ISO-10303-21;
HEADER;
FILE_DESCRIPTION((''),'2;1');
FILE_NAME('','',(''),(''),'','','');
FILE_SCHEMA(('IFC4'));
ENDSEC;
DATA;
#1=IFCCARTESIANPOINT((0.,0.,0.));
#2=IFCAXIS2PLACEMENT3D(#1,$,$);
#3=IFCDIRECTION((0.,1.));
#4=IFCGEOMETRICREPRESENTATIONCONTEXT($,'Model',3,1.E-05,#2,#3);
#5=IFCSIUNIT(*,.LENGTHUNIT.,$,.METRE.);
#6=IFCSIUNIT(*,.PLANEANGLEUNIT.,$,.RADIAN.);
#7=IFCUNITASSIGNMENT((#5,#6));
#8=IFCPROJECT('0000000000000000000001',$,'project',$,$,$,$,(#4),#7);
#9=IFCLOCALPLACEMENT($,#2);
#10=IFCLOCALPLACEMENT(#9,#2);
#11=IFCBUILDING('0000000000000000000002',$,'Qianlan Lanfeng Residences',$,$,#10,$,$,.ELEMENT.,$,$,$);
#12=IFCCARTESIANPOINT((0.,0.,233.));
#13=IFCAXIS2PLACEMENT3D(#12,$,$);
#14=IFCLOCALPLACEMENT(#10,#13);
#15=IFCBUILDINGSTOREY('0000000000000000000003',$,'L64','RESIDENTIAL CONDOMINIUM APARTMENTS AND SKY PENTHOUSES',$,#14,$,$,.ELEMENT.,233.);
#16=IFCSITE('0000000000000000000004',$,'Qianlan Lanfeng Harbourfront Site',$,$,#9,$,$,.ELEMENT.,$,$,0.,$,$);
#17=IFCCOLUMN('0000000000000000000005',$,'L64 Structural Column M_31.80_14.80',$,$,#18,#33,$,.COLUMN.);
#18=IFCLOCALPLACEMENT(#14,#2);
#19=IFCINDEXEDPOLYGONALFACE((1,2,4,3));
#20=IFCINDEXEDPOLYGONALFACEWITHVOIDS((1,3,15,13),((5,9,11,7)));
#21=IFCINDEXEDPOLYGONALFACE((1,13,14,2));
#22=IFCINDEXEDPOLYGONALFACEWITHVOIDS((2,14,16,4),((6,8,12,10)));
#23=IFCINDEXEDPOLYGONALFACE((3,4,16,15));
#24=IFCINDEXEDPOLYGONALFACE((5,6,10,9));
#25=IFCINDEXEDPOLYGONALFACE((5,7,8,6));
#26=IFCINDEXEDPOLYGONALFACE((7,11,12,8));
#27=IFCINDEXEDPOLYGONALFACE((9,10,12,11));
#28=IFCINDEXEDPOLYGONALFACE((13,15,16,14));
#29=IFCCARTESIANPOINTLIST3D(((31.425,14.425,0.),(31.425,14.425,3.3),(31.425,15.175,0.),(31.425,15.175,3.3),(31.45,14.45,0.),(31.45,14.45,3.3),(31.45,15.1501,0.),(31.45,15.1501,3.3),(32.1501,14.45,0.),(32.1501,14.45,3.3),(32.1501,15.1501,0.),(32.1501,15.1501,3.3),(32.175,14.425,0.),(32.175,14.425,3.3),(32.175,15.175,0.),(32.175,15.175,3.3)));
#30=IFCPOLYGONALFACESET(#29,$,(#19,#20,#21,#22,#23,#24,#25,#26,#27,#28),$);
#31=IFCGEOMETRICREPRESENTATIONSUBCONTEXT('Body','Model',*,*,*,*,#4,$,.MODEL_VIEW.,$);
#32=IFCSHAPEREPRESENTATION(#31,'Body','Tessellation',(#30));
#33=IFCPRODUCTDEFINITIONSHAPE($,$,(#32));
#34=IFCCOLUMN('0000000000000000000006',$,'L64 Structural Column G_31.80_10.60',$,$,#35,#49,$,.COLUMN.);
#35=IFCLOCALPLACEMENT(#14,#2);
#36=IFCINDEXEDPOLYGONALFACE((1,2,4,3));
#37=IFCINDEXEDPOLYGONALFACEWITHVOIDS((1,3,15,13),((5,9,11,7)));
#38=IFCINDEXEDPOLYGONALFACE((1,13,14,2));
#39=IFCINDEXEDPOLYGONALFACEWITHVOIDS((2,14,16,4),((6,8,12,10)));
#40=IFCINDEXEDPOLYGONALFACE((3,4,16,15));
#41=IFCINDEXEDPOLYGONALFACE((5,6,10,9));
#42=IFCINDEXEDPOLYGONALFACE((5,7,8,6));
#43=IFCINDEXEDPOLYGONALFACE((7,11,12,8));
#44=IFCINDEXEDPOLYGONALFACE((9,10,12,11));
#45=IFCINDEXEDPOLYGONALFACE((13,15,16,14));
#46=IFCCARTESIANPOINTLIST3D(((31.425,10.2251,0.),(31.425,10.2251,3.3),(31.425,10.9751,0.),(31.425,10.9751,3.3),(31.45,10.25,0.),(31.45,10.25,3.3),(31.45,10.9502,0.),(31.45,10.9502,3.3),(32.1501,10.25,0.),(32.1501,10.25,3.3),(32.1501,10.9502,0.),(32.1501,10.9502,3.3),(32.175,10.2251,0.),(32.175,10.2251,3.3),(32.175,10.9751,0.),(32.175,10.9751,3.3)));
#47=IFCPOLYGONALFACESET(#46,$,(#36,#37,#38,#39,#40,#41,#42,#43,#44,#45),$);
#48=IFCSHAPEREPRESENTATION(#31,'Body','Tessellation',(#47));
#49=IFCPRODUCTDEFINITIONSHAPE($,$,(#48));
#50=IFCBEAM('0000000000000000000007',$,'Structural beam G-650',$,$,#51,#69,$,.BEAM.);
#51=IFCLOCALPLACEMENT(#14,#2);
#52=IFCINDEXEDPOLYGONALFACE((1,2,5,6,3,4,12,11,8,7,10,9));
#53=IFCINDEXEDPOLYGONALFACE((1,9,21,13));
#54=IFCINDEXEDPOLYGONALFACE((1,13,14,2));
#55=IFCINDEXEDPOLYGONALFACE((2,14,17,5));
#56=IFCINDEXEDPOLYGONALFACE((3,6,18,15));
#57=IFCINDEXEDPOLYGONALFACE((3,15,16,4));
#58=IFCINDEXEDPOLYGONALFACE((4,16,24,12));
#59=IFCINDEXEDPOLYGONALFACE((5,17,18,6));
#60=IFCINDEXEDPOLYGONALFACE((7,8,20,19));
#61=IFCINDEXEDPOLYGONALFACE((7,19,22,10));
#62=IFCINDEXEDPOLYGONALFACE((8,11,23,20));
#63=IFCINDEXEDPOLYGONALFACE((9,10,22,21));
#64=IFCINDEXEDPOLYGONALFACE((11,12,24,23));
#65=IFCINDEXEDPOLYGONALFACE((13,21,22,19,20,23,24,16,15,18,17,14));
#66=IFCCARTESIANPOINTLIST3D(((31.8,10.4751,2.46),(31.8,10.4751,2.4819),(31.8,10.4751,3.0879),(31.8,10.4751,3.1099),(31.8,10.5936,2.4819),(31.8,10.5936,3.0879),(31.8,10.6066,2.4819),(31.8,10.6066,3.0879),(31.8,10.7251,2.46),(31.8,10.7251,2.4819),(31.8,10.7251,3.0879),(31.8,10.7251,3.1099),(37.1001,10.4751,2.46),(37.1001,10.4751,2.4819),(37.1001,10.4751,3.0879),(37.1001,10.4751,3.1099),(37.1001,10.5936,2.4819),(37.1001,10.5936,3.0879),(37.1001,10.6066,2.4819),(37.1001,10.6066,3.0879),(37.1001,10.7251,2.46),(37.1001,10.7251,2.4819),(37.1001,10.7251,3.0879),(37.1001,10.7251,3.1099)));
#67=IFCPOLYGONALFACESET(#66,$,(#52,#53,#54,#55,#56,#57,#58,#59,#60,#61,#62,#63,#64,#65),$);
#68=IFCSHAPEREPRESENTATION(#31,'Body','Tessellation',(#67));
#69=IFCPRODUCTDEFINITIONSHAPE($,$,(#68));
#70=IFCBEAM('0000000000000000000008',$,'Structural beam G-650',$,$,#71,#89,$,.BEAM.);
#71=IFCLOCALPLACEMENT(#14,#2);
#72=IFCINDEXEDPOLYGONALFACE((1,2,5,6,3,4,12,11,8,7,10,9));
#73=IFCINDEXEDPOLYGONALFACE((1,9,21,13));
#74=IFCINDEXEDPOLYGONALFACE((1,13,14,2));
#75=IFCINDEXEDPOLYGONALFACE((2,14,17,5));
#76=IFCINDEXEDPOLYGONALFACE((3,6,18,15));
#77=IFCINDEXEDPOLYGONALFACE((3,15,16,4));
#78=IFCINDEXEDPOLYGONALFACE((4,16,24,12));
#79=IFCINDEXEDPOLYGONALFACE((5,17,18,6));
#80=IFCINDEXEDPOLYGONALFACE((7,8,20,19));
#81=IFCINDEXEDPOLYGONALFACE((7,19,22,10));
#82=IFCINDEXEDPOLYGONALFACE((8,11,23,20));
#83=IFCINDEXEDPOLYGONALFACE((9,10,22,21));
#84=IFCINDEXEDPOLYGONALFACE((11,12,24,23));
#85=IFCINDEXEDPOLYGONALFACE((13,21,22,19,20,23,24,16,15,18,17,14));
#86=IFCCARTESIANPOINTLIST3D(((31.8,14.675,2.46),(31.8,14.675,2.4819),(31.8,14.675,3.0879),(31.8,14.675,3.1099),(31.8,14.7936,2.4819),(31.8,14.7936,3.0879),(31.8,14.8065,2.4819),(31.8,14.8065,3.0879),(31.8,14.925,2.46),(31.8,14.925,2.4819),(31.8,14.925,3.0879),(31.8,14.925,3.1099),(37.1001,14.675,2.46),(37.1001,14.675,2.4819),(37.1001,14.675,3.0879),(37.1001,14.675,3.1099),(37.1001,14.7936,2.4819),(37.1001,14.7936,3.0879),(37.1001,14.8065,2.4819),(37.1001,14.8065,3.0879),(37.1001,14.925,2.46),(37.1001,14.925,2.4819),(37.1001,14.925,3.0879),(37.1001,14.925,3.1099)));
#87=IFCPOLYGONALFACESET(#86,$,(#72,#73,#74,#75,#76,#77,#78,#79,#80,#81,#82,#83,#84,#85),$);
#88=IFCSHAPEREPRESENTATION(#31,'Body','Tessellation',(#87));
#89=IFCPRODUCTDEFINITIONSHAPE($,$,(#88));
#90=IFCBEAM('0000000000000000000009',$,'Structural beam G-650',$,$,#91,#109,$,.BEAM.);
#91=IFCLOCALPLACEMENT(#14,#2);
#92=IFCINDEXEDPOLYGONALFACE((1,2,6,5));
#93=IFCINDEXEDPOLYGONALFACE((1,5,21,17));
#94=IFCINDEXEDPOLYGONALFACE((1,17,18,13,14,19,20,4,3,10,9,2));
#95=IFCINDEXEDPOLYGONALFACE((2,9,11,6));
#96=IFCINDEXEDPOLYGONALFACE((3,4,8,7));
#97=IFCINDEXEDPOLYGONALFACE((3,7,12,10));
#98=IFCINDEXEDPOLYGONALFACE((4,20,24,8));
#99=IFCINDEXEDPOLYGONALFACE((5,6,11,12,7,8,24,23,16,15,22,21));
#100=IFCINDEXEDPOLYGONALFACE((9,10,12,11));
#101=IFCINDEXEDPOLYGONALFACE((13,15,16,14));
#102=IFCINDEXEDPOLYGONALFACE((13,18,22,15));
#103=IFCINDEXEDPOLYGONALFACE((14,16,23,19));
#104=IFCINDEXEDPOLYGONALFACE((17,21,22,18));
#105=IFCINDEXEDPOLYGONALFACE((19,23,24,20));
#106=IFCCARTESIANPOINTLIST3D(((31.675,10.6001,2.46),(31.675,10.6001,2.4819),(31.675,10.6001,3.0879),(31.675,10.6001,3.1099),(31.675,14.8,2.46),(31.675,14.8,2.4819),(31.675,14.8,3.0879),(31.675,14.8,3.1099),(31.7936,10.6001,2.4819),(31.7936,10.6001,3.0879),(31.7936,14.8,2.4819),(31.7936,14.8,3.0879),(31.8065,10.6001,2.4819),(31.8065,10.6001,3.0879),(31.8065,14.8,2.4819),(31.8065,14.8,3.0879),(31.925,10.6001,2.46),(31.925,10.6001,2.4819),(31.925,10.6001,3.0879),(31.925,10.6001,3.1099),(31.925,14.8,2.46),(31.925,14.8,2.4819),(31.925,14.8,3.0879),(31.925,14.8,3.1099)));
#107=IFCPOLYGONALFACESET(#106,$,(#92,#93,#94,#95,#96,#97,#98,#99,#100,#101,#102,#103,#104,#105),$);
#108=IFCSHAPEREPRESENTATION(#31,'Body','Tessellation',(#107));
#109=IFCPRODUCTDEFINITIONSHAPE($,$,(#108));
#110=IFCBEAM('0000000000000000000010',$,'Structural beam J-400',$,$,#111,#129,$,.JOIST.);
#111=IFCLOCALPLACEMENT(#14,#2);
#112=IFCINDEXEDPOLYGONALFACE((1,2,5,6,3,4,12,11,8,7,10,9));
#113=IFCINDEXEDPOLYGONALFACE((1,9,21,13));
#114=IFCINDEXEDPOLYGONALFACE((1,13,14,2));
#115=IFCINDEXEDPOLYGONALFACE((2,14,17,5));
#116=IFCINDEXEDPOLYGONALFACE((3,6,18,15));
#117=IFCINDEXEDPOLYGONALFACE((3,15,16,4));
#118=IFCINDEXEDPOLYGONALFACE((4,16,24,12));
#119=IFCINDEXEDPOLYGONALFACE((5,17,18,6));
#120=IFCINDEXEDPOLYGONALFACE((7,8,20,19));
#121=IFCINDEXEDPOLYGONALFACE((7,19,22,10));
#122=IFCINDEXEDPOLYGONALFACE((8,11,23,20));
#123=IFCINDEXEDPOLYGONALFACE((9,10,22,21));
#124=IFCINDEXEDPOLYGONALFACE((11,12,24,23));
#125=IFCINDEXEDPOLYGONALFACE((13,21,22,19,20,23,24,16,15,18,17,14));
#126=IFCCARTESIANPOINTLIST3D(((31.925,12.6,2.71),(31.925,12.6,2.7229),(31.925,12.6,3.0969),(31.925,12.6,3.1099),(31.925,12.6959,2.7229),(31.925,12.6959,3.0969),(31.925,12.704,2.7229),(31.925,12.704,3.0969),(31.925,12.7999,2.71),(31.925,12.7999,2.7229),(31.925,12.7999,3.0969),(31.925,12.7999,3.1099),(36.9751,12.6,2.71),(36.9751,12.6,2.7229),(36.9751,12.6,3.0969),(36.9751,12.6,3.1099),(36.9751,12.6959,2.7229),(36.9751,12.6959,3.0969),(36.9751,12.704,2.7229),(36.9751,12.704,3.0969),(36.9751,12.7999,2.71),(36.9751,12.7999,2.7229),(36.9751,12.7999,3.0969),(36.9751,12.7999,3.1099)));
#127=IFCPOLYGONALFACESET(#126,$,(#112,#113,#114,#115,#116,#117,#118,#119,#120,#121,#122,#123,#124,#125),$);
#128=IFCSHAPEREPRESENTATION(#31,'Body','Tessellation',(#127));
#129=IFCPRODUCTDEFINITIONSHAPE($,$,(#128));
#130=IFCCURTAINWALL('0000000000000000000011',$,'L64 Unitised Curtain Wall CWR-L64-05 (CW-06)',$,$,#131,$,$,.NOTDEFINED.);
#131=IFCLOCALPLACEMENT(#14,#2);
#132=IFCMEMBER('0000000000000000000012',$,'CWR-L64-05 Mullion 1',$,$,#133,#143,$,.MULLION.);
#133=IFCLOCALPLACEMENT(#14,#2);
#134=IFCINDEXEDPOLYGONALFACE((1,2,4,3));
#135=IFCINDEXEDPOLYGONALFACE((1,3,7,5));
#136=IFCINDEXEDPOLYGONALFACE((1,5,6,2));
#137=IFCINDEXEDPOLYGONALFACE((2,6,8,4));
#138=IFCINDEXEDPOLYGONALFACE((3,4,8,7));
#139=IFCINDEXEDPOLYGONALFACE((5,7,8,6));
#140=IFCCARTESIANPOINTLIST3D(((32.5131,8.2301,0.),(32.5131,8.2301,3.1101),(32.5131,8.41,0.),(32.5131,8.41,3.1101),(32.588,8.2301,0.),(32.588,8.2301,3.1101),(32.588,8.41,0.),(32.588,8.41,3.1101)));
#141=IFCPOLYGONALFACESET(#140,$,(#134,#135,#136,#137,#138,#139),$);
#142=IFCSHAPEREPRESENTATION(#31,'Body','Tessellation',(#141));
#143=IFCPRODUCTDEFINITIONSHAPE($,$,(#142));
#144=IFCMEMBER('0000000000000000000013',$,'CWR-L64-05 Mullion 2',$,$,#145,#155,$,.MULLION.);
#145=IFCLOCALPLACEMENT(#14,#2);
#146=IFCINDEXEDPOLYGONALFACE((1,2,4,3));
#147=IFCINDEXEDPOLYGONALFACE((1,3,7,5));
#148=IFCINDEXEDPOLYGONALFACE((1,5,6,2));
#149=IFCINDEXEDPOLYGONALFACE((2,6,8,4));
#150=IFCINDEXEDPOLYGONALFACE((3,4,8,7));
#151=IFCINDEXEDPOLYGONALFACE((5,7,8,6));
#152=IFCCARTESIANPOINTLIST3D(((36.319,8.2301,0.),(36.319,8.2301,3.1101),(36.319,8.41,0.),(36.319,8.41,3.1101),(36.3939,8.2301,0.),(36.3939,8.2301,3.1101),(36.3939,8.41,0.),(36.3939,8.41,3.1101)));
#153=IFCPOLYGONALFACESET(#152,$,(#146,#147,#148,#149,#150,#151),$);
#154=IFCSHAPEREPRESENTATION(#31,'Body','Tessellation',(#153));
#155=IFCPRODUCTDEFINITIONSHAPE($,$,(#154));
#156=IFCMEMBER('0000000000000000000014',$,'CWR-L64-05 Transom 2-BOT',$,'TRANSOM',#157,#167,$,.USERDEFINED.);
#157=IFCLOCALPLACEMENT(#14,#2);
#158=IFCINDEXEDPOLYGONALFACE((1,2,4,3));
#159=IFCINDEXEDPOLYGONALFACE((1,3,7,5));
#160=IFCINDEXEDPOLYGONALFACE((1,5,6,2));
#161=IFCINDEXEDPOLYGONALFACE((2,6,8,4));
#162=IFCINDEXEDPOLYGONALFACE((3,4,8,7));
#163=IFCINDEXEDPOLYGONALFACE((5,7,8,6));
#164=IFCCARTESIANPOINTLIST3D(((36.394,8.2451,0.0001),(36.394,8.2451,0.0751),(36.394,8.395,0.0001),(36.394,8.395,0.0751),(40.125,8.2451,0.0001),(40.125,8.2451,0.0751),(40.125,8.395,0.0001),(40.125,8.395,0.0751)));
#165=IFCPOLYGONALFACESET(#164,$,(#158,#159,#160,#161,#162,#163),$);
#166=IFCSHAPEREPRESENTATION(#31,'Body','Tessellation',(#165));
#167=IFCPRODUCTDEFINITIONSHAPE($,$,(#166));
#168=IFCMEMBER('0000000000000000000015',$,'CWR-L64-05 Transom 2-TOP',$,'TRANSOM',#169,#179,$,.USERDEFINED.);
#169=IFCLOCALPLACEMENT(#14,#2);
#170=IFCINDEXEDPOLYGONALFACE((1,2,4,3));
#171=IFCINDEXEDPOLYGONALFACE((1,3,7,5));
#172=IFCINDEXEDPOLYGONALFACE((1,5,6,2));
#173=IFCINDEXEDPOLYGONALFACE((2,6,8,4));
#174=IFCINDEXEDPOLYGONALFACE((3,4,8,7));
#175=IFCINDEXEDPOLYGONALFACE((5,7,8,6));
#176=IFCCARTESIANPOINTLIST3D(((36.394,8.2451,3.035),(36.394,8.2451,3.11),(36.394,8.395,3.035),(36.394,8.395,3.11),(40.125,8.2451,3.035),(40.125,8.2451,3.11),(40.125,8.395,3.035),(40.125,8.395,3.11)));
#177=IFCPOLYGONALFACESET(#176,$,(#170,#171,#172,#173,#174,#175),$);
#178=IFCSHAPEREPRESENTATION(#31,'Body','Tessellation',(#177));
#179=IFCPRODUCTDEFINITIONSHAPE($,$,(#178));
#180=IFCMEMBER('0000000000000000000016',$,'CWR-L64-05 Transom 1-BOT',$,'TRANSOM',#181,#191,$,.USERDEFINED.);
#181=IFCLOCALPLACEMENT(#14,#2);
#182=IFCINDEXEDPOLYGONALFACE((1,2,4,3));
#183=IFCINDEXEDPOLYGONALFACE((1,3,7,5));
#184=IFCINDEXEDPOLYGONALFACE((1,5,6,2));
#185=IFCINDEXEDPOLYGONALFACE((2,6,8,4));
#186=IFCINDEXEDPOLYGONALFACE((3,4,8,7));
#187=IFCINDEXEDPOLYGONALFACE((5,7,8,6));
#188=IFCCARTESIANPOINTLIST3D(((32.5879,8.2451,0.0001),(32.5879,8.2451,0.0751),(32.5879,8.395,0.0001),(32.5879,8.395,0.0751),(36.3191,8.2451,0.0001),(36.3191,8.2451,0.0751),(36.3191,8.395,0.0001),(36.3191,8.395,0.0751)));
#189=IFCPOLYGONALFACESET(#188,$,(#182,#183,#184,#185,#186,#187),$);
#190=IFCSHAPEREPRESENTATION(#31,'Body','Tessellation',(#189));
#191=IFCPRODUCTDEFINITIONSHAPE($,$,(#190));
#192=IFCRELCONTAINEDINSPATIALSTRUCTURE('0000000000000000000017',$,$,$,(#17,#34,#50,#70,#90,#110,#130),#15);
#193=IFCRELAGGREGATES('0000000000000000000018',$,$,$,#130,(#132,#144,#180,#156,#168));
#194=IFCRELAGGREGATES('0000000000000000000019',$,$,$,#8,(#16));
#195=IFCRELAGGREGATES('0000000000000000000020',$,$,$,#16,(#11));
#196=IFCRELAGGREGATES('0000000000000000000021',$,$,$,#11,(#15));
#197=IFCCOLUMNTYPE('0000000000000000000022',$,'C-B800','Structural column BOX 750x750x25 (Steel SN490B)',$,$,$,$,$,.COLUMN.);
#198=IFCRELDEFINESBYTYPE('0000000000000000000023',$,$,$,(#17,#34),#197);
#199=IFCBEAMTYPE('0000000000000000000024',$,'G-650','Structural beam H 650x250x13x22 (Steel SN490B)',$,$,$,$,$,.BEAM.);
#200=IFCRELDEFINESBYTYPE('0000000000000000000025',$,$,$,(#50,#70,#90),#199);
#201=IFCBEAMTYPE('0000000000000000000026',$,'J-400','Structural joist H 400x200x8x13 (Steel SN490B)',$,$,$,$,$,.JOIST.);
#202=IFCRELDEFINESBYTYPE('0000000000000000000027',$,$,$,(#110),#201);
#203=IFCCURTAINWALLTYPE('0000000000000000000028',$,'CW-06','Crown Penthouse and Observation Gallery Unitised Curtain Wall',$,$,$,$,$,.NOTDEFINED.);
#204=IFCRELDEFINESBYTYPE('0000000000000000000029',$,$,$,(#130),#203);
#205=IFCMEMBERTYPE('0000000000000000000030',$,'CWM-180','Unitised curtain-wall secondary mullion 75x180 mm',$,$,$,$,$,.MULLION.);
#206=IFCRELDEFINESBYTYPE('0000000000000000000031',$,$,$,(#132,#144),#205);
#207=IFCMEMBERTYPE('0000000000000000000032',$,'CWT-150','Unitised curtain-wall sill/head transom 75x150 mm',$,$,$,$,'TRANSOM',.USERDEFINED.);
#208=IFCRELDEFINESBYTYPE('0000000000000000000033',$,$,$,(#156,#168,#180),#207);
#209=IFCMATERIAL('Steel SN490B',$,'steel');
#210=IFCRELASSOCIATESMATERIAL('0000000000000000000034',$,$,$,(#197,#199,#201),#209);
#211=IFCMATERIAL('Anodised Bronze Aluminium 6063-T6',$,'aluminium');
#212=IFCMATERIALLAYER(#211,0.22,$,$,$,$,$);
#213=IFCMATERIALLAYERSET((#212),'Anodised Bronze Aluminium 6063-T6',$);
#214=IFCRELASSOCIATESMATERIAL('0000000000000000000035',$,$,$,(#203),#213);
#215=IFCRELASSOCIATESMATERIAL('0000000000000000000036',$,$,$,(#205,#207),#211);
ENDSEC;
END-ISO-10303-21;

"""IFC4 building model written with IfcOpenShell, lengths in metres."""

from ifc_helpers import new_model, si_unit, direction, frame, origin, origin_2d, place, context, subcontext, project, spatial, rectangle, hollow_rectangle, i_section, extrude, source, transform, mapped, material, layer, layer_set, material_profile, profile_set, type_object, element, aggregate, save


model = new_model("IFC4")

# Units and contexts
model_context = context("Model", 3, precision=1e-05, world=origin(), true_north=direction((0.0, 1.0)))
body_context = subcontext(model_context, "Body", "Model", "MODEL_VIEW")
ifc_project = project(units=[si_unit("LENGTHUNIT", "METRE"), si_unit("PLANEANGLEUNIT", "RADIAN")], contexts=[model_context])

# Site, building, storey
site_placement = place(None, origin())
site = spatial("IfcSite", under=ifc_project, at=site_placement, Name="Qianlan Lanfeng Harbourfront Site", CompositionType="ELEMENT", RefElevation=0.0)
building_placement = place(site_placement, origin())
building = spatial("IfcBuilding", under=site, at=building_placement, Name="Qianlan Lanfeng Residences", CompositionType="ELEMENT")
storey_placement = place(building_placement, frame((0.0, 0.0, 233.0)))
storey = spatial("IfcBuildingStorey", under=building, at=storey_placement, Name="L64", Description="RESIDENTIAL CONDOMINIUM APARTMENTS AND SKY PENTHOUSES", CompositionType="ELEMENT", Elevation=233.0)

# Columns
ifc_material_1 = material(Name="Steel SN490B", Category="steel")
ifc_material_profile_1 = material_profile(ifc_material_1, hollow_rectangle(XDim=0.75, YDim=0.75, WallThickness=0.0249, at=origin_2d()), Name="BOX 750x750x25")
ifc_profile_set_1 = profile_set([ifc_material_profile_1], Name="Steel SN490B")
column_type = type_object("IfcColumnType", Name="C-B800", Description="Structural column BOX 750x750x25 (Steel SN490B)", PredefinedType="COLUMN", material=ifc_profile_set_1)
for number, where, z_axis, x_axis, name in (
    (1, (31.8, 14.8, 0.0), (0.0, 0.0, 1.0), (1.0, 0.0, 0.0), "L64 Structural Column M_31.80_14.80"),
    (2, (31.8, 10.6001, 0.0), (0.0, 0.0, 1.0), (1.0, 0.0, 0.0), "L64 Structural Column G_31.80_10.60"),
):
    element("IfcColumn", number, at=place(storey_placement, frame(where, z_axis=z_axis, x_axis=x_axis)), inside=storey, type_object=column_type, Name=name, PredefinedType="COLUMN", context=body_context, shape_type="SweptSolid", body=[
        extrude(hollow_rectangle(XDim=0.75, YDim=0.75, WallThickness=0.0249, at=origin_2d()), origin(), (0.0, 0.0, 1.0), 3.3),
    ])

# Beams
ifc_material_profile_2 = material_profile(ifc_material_1, i_section(OverallWidth=0.25, OverallDepth=0.6499, WebThickness=0.0129, FlangeThickness=0.022, at=origin_2d()), Name="H 650x250x13x22")
ifc_profile_set_2 = profile_set([ifc_material_profile_2], Name="Steel SN490B")
beam_type_1 = type_object("IfcBeamType", Name="G-650", Description="Structural beam H 650x250x13x22 (Steel SN490B)", PredefinedType="BEAM", material=ifc_profile_set_2)
for number, where, z_axis, x_axis, name in (
    (3, (31.8, 10.6001, 2.7849), (1.0, 0.0, 0.0), (0.0, 1.0, 0.0), "Structural beam G-650"),
    (4, (31.8, 14.8, 2.7849), (1.0, 0.0, 0.0), (0.0, 1.0, 0.0), "Structural beam G-650"),
):
    element("IfcBeam", number, at=place(storey_placement, frame(where, z_axis=z_axis, x_axis=x_axis)), inside=storey, type_object=beam_type_1, Name=name, PredefinedType="BEAM", context=body_context, shape_type="SweptSolid", body=[
        extrude(i_section(OverallWidth=0.25, OverallDepth=0.6499, WebThickness=0.0129, FlangeThickness=0.022, at=origin_2d()), origin(), (0.0, 0.0, 1.0), 5.3),
    ])
beam_1_placement = place(storey_placement, frame((31.8, 10.6001, 2.7849), z_axis=(0.0, 1.0, 0.0), x_axis=(-1.0, 0.0, 0.0)))
element("IfcBeam", 5, at=beam_1_placement, inside=storey, type_object=beam_type_1, Name="Structural beam G-650", PredefinedType="BEAM", context=body_context, shape_type="SweptSolid", body=[
    extrude(i_section(OverallWidth=0.25, OverallDepth=0.6499, WebThickness=0.0129, FlangeThickness=0.022, at=origin_2d()), origin(), (0.0, 0.0, 1.0), 4.2),
])
ifc_material_profile_3 = material_profile(ifc_material_1, i_section(OverallWidth=0.2, OverallDepth=0.3999, WebThickness=0.0081, FlangeThickness=0.0129, at=origin_2d()), Name="H 400x200x8x13")
ifc_profile_set_3 = profile_set([ifc_material_profile_3], Name="Steel SN490B")
beam_type_2 = type_object("IfcBeamType", Name="J-400", Description="Structural joist H 400x200x8x13 (Steel SN490B)", PredefinedType="JOIST", material=ifc_profile_set_3)
beam_2_placement = place(storey_placement, frame((31.925, 12.7, 2.9099), z_axis=(1.0, 0.0, 0.0), x_axis=(0.0, 1.0, 0.0)))
element("IfcBeam", 6, at=beam_2_placement, inside=storey, type_object=beam_type_2, Name="Structural beam J-400", PredefinedType="JOIST", context=body_context, shape_type="SweptSolid", body=[
    extrude(i_section(OverallWidth=0.2, OverallDepth=0.3999, WebThickness=0.0081, FlangeThickness=0.0129, at=origin_2d()), origin(), (0.0, 0.0, 1.0), 5.05),
])

# Curtain wall, members
ifc_material_2 = material(Name="Anodised Bronze Aluminium 6063-T6", Category="aluminium")
ifc_layer_1 = layer(ifc_material_2, 0.22)
ifc_layer_set_1 = layer_set([ifc_layer_1], Name="Anodised Bronze Aluminium 6063-T6")
curtain_wall_type = type_object("IfcCurtainWallType", Name="CW-06", Description="Crown Penthouse and Observation Gallery Unitised Curtain Wall", PredefinedType="NOTDEFINED", material=ifc_layer_set_1)
curtain_wall_placement = place(storey_placement, origin())
curtain_wall = element("IfcCurtainWall", 7, at=curtain_wall_placement, inside=storey, type_object=curtain_wall_type, Name="L64 Unitised Curtain Wall CWR-L64-05 (CW-06)", PredefinedType="NOTDEFINED")
ifc_material_profile_4 = material_profile(ifc_material_2, rectangle(XDim=0.075, YDim=0.1799, at=origin_2d()), Name="ALU MULLION 75x180")
ifc_profile_set_4 = profile_set([ifc_material_profile_4], Name="Anodised Bronze Aluminium 6063-T6")
member_type_1 = type_object("IfcMemberType", Name="CWM-180", Description="Unitised curtain-wall secondary mullion 75x180 mm", PredefinedType="MULLION", material=ifc_profile_set_4)
shared_shape_1 = source(origin(), body_context, "Body", "SweptSolid", [
    extrude(rectangle(XDim=0.075, YDim=0.1799, at=origin_2d()), origin(), (0.0, 0.0, 1.0), 3.1101),
])
member_1_placement = place(storey_placement, frame((32.5505, 8.3201, 0.0), z_axis=(0.0, 0.0, 1.0), x_axis=(1.0, 0.0, 0.0)))
member_1 = element("IfcMember", 8, at=member_1_placement, type_object=member_type_1, Name="CWR-L64-05 Mullion 1", PredefinedType="MULLION", context=body_context, shape_type="MappedRepresentation", body=[
    mapped(shared_shape_1, transform((0.0, 0.0, 0.0), scale=1.0)),
])
member_2_placement = place(storey_placement, frame((36.3564, 8.3201, 0.0), z_axis=(0.0, 0.0, 1.0), x_axis=(1.0, 0.0, 0.0)))
member_2 = element("IfcMember", 9, at=member_2_placement, type_object=member_type_1, Name="CWR-L64-05 Mullion 2", PredefinedType="MULLION", context=body_context, shape_type="MappedRepresentation", body=[
    mapped(shared_shape_1, transform((0.0, 0.0, 0.0), scale=1.0)),
])
ifc_material_profile_5 = material_profile(ifc_material_2, rectangle(XDim=0.075, YDim=0.1499, at=origin_2d()), Name="ALU TRANSOM 75x150")
ifc_profile_set_5 = profile_set([ifc_material_profile_5], Name="Anodised Bronze Aluminium 6063-T6")
member_type_2 = type_object("IfcMemberType", Name="CWT-150", Description="Unitised curtain-wall sill/head transom 75x150 mm", ElementType="TRANSOM", PredefinedType="USERDEFINED", material=ifc_profile_set_5)
shared_shape_2 = source(origin(), body_context, "Body", "SweptSolid", [
    extrude(rectangle(XDim=0.075, YDim=0.1499, at=origin_2d()), origin(), (0.0, 0.0, 1.0), 3.731),
])
member_3_placement = place(storey_placement, frame((36.394, 8.3201, 0.0376), z_axis=(1.0, 0.0, 0.0), x_axis=(0.0, 0.0, 1.0)))
member_3 = element("IfcMember", 10, at=member_3_placement, type_object=member_type_2, Name="CWR-L64-05 Transom 2-BOT", ObjectType="TRANSOM", PredefinedType="USERDEFINED", context=body_context, shape_type="MappedRepresentation", body=[
    mapped(shared_shape_2, transform((0.0, 0.0, 0.0), scale=1.0)),
])
member_4_placement = place(storey_placement, frame((36.394, 8.3201, 3.0725), z_axis=(1.0, 0.0, 0.0), x_axis=(0.0, 0.0, 1.0)))
member_4 = element("IfcMember", 11, at=member_4_placement, type_object=member_type_2, Name="CWR-L64-05 Transom 2-TOP", ObjectType="TRANSOM", PredefinedType="USERDEFINED", context=body_context, shape_type="MappedRepresentation", body=[
    mapped(shared_shape_2, transform((0.0, 0.0, 0.0), scale=1.0)),
])
shared_shape_3 = source(origin(), body_context, "Body", "SweptSolid", [
    extrude(rectangle(XDim=0.075, YDim=0.1499, at=origin_2d()), origin(), (0.0, 0.0, 1.0), 3.7312),
])
member_5_placement = place(storey_placement, frame((32.5879, 8.3201, 0.0376), z_axis=(1.0, 0.0, 0.0), x_axis=(0.0, 0.0, 1.0)))
member_5 = element("IfcMember", 12, at=member_5_placement, type_object=member_type_2, Name="CWR-L64-05 Transom 1-BOT", ObjectType="TRANSOM", PredefinedType="USERDEFINED", context=body_context, shape_type="MappedRepresentation", body=[
    mapped(shared_shape_3, transform((0.0, 0.0, 0.0), scale=1.0)),
])
aggregate(curtain_wall, [member_1, member_2, member_5, member_3, member_4])

save(model, "model.ifc")
